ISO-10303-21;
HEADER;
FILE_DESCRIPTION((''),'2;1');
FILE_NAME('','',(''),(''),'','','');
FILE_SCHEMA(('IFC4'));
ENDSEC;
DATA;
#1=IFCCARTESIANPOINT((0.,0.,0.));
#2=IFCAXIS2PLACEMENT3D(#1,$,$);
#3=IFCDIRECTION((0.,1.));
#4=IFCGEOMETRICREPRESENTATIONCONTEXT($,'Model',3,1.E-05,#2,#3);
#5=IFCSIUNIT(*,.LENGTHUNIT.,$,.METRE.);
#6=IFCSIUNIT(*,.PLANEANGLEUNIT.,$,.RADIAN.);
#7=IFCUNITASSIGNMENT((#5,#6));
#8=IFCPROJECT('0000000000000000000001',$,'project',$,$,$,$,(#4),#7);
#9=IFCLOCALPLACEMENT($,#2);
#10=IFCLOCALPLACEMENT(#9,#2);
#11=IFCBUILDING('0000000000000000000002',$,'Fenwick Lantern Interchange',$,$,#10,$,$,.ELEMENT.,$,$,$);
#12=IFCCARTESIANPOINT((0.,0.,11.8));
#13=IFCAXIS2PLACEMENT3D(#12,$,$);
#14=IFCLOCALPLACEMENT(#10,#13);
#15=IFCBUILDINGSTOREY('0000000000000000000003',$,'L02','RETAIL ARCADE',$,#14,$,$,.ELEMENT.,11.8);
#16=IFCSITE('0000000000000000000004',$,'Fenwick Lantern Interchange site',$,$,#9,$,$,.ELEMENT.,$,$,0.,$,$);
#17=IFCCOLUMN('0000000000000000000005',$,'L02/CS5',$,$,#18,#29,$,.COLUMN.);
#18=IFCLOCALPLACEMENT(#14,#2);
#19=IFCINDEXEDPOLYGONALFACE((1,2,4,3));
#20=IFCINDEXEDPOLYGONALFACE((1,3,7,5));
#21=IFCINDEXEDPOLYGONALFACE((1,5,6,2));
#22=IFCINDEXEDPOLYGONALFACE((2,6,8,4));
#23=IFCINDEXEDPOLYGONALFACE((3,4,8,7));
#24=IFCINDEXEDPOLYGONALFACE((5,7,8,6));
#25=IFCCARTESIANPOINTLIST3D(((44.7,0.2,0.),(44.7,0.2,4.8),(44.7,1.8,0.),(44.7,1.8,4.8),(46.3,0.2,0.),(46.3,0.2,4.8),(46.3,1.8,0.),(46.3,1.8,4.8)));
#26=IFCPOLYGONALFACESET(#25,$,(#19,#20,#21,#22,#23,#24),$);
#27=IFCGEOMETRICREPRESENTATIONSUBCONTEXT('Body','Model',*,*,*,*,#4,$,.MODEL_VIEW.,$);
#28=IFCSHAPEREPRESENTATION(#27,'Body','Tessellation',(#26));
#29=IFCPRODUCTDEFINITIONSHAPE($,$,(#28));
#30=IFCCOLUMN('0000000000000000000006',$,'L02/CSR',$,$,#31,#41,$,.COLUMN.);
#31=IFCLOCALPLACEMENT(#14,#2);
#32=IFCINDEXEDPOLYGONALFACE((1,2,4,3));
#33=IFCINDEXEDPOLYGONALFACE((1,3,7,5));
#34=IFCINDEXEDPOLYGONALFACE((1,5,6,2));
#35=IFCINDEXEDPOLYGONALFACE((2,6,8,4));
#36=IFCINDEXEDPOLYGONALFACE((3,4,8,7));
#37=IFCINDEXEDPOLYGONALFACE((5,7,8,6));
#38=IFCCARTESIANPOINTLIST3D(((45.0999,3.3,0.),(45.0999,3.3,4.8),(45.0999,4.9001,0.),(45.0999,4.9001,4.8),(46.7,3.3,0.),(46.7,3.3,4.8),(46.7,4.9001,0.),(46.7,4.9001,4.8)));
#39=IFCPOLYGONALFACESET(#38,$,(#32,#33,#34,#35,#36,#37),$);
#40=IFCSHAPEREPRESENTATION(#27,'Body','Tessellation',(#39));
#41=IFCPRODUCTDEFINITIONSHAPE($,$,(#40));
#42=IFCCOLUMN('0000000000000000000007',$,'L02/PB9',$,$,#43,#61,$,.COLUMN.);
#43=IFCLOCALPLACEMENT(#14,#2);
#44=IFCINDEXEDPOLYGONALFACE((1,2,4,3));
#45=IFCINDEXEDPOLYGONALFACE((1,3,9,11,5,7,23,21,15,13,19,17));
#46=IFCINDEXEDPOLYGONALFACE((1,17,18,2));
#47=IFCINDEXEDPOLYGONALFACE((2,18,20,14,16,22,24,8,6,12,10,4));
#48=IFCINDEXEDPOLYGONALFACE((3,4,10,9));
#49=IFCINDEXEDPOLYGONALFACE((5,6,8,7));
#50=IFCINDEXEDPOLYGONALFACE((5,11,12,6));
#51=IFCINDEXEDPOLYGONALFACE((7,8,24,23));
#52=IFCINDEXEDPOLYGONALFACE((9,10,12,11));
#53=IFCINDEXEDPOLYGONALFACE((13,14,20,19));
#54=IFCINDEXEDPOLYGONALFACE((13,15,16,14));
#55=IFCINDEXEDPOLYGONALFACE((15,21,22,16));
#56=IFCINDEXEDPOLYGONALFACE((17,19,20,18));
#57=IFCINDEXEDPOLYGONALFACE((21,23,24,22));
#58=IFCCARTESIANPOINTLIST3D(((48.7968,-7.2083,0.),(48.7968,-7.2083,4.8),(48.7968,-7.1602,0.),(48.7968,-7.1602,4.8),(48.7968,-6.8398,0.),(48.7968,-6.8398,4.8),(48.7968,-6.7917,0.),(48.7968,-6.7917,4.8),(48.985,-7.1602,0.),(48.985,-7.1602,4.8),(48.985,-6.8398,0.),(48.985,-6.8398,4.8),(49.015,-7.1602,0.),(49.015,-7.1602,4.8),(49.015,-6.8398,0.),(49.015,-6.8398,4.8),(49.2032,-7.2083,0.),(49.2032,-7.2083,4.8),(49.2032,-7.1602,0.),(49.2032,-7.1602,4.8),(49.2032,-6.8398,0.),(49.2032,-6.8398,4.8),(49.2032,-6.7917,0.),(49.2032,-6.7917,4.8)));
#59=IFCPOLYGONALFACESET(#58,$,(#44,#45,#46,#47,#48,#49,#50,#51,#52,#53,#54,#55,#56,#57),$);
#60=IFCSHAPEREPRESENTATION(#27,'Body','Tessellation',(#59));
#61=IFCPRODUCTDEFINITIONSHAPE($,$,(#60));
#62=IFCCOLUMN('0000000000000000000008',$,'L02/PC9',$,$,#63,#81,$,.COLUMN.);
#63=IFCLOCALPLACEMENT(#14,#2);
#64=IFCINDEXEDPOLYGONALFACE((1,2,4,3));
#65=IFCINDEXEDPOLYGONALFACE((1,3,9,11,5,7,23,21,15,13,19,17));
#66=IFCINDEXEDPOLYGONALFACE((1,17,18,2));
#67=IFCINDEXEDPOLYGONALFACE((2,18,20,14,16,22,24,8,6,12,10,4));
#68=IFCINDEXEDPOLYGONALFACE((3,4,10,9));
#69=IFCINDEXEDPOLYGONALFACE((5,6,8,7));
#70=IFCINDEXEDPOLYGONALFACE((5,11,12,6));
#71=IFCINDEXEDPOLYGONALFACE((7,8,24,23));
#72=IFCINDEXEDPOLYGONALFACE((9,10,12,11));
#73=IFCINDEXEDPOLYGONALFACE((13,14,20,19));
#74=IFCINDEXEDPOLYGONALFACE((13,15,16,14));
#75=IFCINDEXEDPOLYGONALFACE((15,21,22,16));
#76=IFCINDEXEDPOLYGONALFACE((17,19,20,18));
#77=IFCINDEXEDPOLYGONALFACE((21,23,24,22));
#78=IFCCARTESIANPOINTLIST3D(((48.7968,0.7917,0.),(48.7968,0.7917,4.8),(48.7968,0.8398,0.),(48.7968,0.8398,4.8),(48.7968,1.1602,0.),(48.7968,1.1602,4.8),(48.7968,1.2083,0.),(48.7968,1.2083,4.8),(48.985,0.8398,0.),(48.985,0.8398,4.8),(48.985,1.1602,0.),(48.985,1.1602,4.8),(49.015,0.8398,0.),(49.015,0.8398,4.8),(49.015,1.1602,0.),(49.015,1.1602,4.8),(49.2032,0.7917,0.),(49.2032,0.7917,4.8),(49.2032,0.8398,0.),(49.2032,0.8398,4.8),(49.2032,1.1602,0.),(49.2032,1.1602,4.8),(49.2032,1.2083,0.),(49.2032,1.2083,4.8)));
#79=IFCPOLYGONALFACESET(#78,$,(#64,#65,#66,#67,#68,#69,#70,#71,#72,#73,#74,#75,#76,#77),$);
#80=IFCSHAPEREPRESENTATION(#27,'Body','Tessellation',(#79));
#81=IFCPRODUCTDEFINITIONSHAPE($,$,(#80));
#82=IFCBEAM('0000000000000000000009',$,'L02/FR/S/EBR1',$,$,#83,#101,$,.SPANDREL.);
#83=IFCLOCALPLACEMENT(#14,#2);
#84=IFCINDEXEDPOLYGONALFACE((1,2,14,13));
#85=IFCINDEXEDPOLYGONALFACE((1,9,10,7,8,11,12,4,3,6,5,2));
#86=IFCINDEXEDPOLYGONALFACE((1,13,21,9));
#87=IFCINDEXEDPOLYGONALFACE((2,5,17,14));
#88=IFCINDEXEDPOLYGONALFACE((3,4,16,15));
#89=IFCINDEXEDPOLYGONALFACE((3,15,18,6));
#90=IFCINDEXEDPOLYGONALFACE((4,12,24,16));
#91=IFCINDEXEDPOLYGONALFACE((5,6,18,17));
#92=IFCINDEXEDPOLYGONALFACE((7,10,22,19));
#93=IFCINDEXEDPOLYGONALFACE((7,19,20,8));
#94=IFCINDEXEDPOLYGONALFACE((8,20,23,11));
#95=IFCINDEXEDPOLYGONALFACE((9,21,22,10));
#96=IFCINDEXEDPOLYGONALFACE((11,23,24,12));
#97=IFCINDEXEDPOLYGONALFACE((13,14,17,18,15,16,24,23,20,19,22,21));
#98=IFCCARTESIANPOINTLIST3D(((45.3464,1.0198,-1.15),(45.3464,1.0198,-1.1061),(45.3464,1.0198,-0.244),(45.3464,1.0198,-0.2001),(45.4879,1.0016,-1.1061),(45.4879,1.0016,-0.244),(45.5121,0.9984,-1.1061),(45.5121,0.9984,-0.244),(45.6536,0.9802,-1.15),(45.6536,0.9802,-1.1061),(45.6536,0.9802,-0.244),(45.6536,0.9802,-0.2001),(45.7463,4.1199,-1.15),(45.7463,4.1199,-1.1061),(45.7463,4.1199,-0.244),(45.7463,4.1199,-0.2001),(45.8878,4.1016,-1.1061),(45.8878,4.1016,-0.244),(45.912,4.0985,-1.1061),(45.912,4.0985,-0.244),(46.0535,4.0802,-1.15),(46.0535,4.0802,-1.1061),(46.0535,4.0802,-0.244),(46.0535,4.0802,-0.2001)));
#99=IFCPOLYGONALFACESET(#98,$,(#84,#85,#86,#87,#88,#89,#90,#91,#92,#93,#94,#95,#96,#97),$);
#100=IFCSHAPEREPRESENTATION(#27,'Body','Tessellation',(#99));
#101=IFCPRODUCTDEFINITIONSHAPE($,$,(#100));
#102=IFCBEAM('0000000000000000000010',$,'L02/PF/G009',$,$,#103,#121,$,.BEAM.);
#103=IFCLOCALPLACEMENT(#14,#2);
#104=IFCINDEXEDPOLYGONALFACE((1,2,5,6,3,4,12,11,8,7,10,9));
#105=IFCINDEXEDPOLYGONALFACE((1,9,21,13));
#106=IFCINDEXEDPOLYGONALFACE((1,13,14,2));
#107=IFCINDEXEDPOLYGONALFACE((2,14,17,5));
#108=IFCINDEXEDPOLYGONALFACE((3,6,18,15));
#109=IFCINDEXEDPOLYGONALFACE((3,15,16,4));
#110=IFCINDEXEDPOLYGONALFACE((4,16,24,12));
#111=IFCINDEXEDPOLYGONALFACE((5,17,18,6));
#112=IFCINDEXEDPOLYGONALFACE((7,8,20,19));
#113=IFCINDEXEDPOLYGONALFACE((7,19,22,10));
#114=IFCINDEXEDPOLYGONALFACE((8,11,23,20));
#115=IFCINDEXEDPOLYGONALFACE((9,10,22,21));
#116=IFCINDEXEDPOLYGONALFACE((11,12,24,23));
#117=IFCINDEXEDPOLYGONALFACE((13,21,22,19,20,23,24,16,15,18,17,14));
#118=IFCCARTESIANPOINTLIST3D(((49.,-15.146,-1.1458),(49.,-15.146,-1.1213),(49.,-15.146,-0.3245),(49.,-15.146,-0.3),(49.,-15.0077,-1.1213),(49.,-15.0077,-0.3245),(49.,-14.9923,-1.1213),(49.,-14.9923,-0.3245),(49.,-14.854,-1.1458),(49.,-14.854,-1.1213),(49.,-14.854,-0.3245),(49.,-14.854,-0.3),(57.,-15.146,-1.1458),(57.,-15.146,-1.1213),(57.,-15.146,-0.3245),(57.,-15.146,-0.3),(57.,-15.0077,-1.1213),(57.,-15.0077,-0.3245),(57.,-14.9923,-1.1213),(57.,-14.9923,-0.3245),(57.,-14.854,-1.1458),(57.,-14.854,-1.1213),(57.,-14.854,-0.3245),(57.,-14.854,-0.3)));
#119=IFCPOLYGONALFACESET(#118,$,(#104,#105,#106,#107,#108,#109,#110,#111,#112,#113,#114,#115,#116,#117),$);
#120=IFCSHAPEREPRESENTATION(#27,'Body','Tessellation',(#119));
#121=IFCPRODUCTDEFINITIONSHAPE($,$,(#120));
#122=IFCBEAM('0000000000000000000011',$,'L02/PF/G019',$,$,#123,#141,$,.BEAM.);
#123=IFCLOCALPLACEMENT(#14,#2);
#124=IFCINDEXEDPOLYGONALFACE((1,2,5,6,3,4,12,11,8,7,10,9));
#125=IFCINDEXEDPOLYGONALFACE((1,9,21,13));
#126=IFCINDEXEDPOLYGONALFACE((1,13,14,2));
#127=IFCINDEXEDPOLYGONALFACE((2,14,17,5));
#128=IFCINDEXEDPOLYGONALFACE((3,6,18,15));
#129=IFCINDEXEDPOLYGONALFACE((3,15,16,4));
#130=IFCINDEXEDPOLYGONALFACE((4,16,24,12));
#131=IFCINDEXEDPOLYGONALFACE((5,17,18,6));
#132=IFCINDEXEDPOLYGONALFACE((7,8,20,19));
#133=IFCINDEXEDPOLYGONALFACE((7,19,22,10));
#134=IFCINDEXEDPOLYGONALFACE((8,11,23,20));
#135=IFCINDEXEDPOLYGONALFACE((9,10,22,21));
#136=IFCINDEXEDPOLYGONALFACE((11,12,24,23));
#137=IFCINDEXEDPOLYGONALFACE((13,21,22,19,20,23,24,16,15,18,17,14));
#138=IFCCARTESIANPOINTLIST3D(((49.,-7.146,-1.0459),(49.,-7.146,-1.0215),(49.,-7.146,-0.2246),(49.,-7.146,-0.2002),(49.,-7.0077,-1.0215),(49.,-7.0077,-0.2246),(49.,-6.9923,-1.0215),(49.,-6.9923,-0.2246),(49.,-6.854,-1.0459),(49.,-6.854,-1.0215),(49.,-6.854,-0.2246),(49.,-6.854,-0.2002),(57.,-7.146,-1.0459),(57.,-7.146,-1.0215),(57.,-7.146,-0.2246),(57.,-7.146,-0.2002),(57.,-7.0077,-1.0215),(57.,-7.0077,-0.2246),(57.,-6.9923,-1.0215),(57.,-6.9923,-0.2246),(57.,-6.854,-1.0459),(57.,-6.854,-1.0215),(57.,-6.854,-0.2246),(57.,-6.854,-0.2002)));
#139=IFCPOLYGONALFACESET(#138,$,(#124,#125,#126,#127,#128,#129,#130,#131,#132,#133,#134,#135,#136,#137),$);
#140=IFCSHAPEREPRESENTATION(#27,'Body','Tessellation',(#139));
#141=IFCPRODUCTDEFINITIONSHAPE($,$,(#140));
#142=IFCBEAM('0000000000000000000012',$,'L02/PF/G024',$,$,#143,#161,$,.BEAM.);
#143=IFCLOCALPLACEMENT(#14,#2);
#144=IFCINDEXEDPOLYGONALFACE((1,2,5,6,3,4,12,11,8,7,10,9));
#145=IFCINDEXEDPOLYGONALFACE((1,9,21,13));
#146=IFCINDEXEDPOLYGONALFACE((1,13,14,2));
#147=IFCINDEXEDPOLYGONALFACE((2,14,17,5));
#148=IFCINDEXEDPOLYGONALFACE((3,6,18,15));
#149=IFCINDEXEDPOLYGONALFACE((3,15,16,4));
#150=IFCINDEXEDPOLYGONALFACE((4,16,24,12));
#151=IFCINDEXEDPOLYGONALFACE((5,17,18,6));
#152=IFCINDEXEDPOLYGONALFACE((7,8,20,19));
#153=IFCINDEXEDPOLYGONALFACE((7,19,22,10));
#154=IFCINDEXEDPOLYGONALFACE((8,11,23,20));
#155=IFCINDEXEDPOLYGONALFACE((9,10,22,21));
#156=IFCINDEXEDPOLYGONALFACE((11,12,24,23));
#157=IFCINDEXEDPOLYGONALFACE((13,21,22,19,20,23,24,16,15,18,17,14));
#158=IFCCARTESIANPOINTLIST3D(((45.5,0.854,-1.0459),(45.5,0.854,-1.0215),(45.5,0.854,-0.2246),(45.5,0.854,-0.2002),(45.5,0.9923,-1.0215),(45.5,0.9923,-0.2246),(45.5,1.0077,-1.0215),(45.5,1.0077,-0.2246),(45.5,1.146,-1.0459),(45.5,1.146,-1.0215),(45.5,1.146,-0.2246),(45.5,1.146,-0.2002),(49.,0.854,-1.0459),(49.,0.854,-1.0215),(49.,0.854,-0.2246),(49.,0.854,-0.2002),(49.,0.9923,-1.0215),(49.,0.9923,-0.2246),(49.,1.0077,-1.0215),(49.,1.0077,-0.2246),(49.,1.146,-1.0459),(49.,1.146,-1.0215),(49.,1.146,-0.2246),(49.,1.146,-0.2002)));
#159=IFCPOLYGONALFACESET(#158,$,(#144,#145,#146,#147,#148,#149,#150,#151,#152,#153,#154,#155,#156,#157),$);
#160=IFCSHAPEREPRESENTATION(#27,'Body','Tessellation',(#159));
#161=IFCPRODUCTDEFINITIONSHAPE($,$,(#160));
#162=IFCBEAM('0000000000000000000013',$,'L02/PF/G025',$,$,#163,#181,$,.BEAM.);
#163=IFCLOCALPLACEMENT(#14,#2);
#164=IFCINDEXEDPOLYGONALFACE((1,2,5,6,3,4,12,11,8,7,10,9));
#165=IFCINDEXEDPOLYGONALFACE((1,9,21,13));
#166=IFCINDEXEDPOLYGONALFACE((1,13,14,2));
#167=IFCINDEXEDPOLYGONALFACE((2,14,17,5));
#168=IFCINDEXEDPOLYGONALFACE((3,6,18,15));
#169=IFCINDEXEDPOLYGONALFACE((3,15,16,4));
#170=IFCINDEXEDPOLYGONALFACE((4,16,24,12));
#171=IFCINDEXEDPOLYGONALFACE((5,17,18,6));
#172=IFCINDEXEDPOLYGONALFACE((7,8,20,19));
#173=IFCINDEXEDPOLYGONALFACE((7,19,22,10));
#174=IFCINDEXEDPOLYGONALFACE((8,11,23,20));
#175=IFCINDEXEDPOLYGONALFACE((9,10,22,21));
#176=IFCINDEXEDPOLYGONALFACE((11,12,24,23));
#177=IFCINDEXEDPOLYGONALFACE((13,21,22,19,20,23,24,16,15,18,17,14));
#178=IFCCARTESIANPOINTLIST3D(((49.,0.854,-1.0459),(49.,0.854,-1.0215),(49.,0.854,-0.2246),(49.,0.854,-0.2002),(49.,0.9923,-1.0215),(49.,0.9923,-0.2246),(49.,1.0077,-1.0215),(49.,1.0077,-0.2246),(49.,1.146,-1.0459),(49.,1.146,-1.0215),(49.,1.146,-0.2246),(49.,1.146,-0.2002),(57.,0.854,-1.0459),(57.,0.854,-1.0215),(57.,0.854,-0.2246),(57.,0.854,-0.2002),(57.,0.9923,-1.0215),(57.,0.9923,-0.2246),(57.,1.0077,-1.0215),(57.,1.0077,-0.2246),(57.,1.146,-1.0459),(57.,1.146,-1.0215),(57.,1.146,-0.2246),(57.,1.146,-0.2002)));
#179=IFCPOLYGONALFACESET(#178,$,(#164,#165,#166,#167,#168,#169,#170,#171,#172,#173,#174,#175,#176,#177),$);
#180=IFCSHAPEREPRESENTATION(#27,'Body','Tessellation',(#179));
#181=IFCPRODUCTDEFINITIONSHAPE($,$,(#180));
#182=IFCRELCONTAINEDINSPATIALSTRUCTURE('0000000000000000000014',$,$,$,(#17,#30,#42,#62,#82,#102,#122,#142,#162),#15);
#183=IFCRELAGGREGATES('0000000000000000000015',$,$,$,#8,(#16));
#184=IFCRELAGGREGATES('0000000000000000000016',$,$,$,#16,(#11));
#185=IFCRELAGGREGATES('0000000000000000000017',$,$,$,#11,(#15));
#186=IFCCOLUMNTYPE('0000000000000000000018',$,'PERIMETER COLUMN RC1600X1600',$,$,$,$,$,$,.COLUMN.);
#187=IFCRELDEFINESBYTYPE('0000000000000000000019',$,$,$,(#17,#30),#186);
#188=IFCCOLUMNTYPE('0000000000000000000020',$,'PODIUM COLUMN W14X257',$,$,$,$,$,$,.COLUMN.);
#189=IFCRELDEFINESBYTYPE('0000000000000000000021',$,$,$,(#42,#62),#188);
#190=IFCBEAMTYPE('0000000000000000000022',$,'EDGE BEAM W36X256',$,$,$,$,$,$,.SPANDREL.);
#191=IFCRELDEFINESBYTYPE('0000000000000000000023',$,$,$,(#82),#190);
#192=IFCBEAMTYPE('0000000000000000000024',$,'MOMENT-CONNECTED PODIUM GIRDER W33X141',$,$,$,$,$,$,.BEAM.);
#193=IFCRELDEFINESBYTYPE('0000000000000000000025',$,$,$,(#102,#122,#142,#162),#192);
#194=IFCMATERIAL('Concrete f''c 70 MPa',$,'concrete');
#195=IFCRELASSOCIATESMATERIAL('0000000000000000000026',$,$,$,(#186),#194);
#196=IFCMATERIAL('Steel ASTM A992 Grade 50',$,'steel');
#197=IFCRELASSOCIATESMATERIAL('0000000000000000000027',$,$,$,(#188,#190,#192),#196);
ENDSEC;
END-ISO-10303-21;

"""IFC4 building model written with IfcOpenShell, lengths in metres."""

from ifc_helpers import new_model, si_unit, direction, frame, origin, origin_2d, place, context, subcontext, project, spatial, rectangle, i_section, extrude, material, material_profile, profile_set, type_object, element, save


model = new_model("IFC4")

# Units and contexts
model_context = context("Model", 3, precision=1e-05, world=origin(), true_north=direction((0.0, 1.0)))
body_context = subcontext(model_context, "Body", "Model", "MODEL_VIEW")
ifc_project = project(units=[si_unit("LENGTHUNIT", "METRE"), si_unit("PLANEANGLEUNIT", "RADIAN")], contexts=[model_context])

# Site, building, storey
site_placement = place(None, origin())
site = spatial("IfcSite", under=ifc_project, at=site_placement, Name="Fenwick Lantern Interchange site", CompositionType="ELEMENT", RefElevation=0.0)
building_placement = place(site_placement, origin())
building = spatial("IfcBuilding", under=site, at=building_placement, Name="Fenwick Lantern Interchange", CompositionType="ELEMENT")
storey_placement = place(building_placement, frame((0.0, 0.0, 11.8)))
storey = spatial("IfcBuildingStorey", under=building, at=storey_placement, Name="L02", Description="RETAIL ARCADE", CompositionType="ELEMENT", Elevation=11.8)

# Columns
ifc_material_1 = material(Name="Concrete f'c 70 MPa", Category="concrete")
ifc_material_profile_1 = material_profile(ifc_material_1, rectangle(XDim=1.6001, YDim=1.6001, at=origin_2d()), Name="RC1600X1600")
ifc_profile_set_1 = profile_set([ifc_material_profile_1], Name="Concrete f'c 70 MPa")
column_type_1 = type_object("IfcColumnType", Name="PERIMETER COLUMN RC1600X1600", PredefinedType="COLUMN", material=ifc_profile_set_1)
for number, where, z_axis, x_axis, name in (
    (1, (45.5, 1.0, 0.0), (0.0, 0.0, 1.0), (1.0, 0.0, 0.0), "L02/CS5"),
    (2, (45.8999, 4.1001, 0.0), (0.0, 0.0, 1.0), (1.0, 0.0, 0.0), "L02/CSR"),
):
    element("IfcColumn", number, at=place(storey_placement, frame(where, z_axis=z_axis, x_axis=x_axis)), inside=storey, type_object=column_type_1, Name=name, PredefinedType="COLUMN", context=body_context, shape_type="SweptSolid", body=[
        extrude(rectangle(XDim=1.6001, YDim=1.6001, at=origin_2d()), origin(), (0.0, 0.0, 1.0), 4.8),
    ])
ifc_material_2 = material(Name="Steel ASTM A992 Grade 50", Category="steel")
ifc_material_profile_2 = material_profile(ifc_material_2, i_section(OverallWidth=0.4065, OverallDepth=0.4165, WebThickness=0.03, FlangeThickness=0.0481, at=origin_2d()), Name="W14X257")
ifc_profile_set_2 = profile_set([ifc_material_profile_2], Name="Steel ASTM A992 Grade 50")
column_type_2 = type_object("IfcColumnType", Name="PODIUM COLUMN W14X257", PredefinedType="COLUMN", material=ifc_profile_set_2)
for number, where, z_axis, x_axis, name in (
    (3, (49.0, -7.0, 0.0), (0.0, 0.0, 1.0), (1.0, 0.0, 0.0), "L02/PB9"),
    (4, (49.0, 1.0, 0.0), (0.0, 0.0, 1.0), (1.0, 0.0, 0.0), "L02/PC9"),
):
    element("IfcColumn", number, at=place(storey_placement, frame(where, z_axis=z_axis, x_axis=x_axis)), inside=storey, type_object=column_type_2, Name=name, PredefinedType="COLUMN", context=body_context, shape_type="SweptSolid", body=[
        extrude(i_section(OverallWidth=0.4065, OverallDepth=0.4165, WebThickness=0.03, FlangeThickness=0.0481, at=origin_2d()), origin(), (0.0, 0.0, 1.0), 4.8),
    ])

# Beams
ifc_material_profile_3 = material_profile(ifc_material_2, i_section(OverallWidth=0.3098, OverallDepth=0.95, WebThickness=0.0244, FlangeThickness=0.0439, at=origin_2d()), Name="W36X256")
ifc_profile_set_3 = profile_set([ifc_material_profile_3], Name="Steel ASTM A992 Grade 50")
beam_type_1 = type_object("IfcBeamType", Name="EDGE BEAM W36X256", PredefinedType="SPANDREL", material=ifc_profile_set_3)
beam_1_placement = place(storey_placement, frame((45.5, 1.0, -0.675), z_axis=(0.127937, 0.991782, 0.0), x_axis=(-0.991782, 0.127937, 0.0)))
element("IfcBeam", 5, at=beam_1_placement, inside=storey, type_object=beam_type_1, Name="L02/FR/S/EBR1", PredefinedType="SPANDREL", context=body_context, shape_type="SweptSolid", body=[
    extrude(i_section(OverallWidth=0.3098, OverallDepth=0.95, WebThickness=0.0244, FlangeThickness=0.0439, at=origin_2d()), origin(), (0.0, 0.0, 1.0), 3.1257),
])
ifc_material_profile_4 = material_profile(ifc_material_2, i_section(OverallWidth=0.292, OverallDepth=0.8457, WebThickness=0.0154, FlangeThickness=0.0244, at=origin_2d()), Name="W33X141")
ifc_profile_set_4 = profile_set([ifc_material_profile_4], Name="Steel ASTM A992 Grade 50")
beam_type_2 = type_object("IfcBeamType", Name="MOMENT-CONNECTED PODIUM GIRDER W33X141", PredefinedType="BEAM", material=ifc_profile_set_4)
for number, where, z_axis, x_axis, name in (
    (6, (49.0, -15.0, -0.7229), (1.0, 0.0, 0.0), (0.0, 1.0, 0.0), "L02/PF/G009"),
    (7, (49.0, -7.0, -0.623), (1.0, 0.0, 0.0), (0.0, 1.0, 0.0), "L02/PF/G019"),
):
    element("IfcBeam", number, at=place(storey_placement, frame(where, z_axis=z_axis, x_axis=x_axis)), inside=storey, type_object=beam_type_2, Name=name, PredefinedType="BEAM", context=body_context, shape_type="SweptSolid", body=[
        extrude(i_section(OverallWidth=0.292, OverallDepth=0.8457, WebThickness=0.0154, FlangeThickness=0.0244, at=origin_2d()), origin(), (0.0, 0.0, 1.0), 8.0),
    ])
beam_2_placement = place(storey_placement, frame((45.5, 1.0, -0.623), z_axis=(1.0, 0.0, 0.0), x_axis=(0.0, 1.0, 0.0)))
element("IfcBeam", 8, at=beam_2_placement, inside=storey, type_object=beam_type_2, Name="L02/PF/G024", PredefinedType="BEAM", context=body_context, shape_type="SweptSolid", body=[
    extrude(i_section(OverallWidth=0.292, OverallDepth=0.8457, WebThickness=0.0154, FlangeThickness=0.0244, at=origin_2d()), origin(), (0.0, 0.0, 1.0), 3.5),
])
for number, where, z_axis, x_axis, name in (
    (9, (49.0, 1.0, -0.623), (1.0, 0.0, 0.0), (0.0, 1.0, 0.0), "L02/PF/G025"),
):
    element("IfcBeam", number, at=place(storey_placement, frame(where, z_axis=z_axis, x_axis=x_axis)), inside=storey, type_object=beam_type_2, Name=name, PredefinedType="BEAM", context=body_context, shape_type="SweptSolid", body=[
        extrude(i_section(OverallWidth=0.292, OverallDepth=0.8457, WebThickness=0.0154, FlangeThickness=0.0244, at=origin_2d()), origin(), (0.0, 0.0, 1.0), 8.0),
    ])

save(model, "model.ifc")
